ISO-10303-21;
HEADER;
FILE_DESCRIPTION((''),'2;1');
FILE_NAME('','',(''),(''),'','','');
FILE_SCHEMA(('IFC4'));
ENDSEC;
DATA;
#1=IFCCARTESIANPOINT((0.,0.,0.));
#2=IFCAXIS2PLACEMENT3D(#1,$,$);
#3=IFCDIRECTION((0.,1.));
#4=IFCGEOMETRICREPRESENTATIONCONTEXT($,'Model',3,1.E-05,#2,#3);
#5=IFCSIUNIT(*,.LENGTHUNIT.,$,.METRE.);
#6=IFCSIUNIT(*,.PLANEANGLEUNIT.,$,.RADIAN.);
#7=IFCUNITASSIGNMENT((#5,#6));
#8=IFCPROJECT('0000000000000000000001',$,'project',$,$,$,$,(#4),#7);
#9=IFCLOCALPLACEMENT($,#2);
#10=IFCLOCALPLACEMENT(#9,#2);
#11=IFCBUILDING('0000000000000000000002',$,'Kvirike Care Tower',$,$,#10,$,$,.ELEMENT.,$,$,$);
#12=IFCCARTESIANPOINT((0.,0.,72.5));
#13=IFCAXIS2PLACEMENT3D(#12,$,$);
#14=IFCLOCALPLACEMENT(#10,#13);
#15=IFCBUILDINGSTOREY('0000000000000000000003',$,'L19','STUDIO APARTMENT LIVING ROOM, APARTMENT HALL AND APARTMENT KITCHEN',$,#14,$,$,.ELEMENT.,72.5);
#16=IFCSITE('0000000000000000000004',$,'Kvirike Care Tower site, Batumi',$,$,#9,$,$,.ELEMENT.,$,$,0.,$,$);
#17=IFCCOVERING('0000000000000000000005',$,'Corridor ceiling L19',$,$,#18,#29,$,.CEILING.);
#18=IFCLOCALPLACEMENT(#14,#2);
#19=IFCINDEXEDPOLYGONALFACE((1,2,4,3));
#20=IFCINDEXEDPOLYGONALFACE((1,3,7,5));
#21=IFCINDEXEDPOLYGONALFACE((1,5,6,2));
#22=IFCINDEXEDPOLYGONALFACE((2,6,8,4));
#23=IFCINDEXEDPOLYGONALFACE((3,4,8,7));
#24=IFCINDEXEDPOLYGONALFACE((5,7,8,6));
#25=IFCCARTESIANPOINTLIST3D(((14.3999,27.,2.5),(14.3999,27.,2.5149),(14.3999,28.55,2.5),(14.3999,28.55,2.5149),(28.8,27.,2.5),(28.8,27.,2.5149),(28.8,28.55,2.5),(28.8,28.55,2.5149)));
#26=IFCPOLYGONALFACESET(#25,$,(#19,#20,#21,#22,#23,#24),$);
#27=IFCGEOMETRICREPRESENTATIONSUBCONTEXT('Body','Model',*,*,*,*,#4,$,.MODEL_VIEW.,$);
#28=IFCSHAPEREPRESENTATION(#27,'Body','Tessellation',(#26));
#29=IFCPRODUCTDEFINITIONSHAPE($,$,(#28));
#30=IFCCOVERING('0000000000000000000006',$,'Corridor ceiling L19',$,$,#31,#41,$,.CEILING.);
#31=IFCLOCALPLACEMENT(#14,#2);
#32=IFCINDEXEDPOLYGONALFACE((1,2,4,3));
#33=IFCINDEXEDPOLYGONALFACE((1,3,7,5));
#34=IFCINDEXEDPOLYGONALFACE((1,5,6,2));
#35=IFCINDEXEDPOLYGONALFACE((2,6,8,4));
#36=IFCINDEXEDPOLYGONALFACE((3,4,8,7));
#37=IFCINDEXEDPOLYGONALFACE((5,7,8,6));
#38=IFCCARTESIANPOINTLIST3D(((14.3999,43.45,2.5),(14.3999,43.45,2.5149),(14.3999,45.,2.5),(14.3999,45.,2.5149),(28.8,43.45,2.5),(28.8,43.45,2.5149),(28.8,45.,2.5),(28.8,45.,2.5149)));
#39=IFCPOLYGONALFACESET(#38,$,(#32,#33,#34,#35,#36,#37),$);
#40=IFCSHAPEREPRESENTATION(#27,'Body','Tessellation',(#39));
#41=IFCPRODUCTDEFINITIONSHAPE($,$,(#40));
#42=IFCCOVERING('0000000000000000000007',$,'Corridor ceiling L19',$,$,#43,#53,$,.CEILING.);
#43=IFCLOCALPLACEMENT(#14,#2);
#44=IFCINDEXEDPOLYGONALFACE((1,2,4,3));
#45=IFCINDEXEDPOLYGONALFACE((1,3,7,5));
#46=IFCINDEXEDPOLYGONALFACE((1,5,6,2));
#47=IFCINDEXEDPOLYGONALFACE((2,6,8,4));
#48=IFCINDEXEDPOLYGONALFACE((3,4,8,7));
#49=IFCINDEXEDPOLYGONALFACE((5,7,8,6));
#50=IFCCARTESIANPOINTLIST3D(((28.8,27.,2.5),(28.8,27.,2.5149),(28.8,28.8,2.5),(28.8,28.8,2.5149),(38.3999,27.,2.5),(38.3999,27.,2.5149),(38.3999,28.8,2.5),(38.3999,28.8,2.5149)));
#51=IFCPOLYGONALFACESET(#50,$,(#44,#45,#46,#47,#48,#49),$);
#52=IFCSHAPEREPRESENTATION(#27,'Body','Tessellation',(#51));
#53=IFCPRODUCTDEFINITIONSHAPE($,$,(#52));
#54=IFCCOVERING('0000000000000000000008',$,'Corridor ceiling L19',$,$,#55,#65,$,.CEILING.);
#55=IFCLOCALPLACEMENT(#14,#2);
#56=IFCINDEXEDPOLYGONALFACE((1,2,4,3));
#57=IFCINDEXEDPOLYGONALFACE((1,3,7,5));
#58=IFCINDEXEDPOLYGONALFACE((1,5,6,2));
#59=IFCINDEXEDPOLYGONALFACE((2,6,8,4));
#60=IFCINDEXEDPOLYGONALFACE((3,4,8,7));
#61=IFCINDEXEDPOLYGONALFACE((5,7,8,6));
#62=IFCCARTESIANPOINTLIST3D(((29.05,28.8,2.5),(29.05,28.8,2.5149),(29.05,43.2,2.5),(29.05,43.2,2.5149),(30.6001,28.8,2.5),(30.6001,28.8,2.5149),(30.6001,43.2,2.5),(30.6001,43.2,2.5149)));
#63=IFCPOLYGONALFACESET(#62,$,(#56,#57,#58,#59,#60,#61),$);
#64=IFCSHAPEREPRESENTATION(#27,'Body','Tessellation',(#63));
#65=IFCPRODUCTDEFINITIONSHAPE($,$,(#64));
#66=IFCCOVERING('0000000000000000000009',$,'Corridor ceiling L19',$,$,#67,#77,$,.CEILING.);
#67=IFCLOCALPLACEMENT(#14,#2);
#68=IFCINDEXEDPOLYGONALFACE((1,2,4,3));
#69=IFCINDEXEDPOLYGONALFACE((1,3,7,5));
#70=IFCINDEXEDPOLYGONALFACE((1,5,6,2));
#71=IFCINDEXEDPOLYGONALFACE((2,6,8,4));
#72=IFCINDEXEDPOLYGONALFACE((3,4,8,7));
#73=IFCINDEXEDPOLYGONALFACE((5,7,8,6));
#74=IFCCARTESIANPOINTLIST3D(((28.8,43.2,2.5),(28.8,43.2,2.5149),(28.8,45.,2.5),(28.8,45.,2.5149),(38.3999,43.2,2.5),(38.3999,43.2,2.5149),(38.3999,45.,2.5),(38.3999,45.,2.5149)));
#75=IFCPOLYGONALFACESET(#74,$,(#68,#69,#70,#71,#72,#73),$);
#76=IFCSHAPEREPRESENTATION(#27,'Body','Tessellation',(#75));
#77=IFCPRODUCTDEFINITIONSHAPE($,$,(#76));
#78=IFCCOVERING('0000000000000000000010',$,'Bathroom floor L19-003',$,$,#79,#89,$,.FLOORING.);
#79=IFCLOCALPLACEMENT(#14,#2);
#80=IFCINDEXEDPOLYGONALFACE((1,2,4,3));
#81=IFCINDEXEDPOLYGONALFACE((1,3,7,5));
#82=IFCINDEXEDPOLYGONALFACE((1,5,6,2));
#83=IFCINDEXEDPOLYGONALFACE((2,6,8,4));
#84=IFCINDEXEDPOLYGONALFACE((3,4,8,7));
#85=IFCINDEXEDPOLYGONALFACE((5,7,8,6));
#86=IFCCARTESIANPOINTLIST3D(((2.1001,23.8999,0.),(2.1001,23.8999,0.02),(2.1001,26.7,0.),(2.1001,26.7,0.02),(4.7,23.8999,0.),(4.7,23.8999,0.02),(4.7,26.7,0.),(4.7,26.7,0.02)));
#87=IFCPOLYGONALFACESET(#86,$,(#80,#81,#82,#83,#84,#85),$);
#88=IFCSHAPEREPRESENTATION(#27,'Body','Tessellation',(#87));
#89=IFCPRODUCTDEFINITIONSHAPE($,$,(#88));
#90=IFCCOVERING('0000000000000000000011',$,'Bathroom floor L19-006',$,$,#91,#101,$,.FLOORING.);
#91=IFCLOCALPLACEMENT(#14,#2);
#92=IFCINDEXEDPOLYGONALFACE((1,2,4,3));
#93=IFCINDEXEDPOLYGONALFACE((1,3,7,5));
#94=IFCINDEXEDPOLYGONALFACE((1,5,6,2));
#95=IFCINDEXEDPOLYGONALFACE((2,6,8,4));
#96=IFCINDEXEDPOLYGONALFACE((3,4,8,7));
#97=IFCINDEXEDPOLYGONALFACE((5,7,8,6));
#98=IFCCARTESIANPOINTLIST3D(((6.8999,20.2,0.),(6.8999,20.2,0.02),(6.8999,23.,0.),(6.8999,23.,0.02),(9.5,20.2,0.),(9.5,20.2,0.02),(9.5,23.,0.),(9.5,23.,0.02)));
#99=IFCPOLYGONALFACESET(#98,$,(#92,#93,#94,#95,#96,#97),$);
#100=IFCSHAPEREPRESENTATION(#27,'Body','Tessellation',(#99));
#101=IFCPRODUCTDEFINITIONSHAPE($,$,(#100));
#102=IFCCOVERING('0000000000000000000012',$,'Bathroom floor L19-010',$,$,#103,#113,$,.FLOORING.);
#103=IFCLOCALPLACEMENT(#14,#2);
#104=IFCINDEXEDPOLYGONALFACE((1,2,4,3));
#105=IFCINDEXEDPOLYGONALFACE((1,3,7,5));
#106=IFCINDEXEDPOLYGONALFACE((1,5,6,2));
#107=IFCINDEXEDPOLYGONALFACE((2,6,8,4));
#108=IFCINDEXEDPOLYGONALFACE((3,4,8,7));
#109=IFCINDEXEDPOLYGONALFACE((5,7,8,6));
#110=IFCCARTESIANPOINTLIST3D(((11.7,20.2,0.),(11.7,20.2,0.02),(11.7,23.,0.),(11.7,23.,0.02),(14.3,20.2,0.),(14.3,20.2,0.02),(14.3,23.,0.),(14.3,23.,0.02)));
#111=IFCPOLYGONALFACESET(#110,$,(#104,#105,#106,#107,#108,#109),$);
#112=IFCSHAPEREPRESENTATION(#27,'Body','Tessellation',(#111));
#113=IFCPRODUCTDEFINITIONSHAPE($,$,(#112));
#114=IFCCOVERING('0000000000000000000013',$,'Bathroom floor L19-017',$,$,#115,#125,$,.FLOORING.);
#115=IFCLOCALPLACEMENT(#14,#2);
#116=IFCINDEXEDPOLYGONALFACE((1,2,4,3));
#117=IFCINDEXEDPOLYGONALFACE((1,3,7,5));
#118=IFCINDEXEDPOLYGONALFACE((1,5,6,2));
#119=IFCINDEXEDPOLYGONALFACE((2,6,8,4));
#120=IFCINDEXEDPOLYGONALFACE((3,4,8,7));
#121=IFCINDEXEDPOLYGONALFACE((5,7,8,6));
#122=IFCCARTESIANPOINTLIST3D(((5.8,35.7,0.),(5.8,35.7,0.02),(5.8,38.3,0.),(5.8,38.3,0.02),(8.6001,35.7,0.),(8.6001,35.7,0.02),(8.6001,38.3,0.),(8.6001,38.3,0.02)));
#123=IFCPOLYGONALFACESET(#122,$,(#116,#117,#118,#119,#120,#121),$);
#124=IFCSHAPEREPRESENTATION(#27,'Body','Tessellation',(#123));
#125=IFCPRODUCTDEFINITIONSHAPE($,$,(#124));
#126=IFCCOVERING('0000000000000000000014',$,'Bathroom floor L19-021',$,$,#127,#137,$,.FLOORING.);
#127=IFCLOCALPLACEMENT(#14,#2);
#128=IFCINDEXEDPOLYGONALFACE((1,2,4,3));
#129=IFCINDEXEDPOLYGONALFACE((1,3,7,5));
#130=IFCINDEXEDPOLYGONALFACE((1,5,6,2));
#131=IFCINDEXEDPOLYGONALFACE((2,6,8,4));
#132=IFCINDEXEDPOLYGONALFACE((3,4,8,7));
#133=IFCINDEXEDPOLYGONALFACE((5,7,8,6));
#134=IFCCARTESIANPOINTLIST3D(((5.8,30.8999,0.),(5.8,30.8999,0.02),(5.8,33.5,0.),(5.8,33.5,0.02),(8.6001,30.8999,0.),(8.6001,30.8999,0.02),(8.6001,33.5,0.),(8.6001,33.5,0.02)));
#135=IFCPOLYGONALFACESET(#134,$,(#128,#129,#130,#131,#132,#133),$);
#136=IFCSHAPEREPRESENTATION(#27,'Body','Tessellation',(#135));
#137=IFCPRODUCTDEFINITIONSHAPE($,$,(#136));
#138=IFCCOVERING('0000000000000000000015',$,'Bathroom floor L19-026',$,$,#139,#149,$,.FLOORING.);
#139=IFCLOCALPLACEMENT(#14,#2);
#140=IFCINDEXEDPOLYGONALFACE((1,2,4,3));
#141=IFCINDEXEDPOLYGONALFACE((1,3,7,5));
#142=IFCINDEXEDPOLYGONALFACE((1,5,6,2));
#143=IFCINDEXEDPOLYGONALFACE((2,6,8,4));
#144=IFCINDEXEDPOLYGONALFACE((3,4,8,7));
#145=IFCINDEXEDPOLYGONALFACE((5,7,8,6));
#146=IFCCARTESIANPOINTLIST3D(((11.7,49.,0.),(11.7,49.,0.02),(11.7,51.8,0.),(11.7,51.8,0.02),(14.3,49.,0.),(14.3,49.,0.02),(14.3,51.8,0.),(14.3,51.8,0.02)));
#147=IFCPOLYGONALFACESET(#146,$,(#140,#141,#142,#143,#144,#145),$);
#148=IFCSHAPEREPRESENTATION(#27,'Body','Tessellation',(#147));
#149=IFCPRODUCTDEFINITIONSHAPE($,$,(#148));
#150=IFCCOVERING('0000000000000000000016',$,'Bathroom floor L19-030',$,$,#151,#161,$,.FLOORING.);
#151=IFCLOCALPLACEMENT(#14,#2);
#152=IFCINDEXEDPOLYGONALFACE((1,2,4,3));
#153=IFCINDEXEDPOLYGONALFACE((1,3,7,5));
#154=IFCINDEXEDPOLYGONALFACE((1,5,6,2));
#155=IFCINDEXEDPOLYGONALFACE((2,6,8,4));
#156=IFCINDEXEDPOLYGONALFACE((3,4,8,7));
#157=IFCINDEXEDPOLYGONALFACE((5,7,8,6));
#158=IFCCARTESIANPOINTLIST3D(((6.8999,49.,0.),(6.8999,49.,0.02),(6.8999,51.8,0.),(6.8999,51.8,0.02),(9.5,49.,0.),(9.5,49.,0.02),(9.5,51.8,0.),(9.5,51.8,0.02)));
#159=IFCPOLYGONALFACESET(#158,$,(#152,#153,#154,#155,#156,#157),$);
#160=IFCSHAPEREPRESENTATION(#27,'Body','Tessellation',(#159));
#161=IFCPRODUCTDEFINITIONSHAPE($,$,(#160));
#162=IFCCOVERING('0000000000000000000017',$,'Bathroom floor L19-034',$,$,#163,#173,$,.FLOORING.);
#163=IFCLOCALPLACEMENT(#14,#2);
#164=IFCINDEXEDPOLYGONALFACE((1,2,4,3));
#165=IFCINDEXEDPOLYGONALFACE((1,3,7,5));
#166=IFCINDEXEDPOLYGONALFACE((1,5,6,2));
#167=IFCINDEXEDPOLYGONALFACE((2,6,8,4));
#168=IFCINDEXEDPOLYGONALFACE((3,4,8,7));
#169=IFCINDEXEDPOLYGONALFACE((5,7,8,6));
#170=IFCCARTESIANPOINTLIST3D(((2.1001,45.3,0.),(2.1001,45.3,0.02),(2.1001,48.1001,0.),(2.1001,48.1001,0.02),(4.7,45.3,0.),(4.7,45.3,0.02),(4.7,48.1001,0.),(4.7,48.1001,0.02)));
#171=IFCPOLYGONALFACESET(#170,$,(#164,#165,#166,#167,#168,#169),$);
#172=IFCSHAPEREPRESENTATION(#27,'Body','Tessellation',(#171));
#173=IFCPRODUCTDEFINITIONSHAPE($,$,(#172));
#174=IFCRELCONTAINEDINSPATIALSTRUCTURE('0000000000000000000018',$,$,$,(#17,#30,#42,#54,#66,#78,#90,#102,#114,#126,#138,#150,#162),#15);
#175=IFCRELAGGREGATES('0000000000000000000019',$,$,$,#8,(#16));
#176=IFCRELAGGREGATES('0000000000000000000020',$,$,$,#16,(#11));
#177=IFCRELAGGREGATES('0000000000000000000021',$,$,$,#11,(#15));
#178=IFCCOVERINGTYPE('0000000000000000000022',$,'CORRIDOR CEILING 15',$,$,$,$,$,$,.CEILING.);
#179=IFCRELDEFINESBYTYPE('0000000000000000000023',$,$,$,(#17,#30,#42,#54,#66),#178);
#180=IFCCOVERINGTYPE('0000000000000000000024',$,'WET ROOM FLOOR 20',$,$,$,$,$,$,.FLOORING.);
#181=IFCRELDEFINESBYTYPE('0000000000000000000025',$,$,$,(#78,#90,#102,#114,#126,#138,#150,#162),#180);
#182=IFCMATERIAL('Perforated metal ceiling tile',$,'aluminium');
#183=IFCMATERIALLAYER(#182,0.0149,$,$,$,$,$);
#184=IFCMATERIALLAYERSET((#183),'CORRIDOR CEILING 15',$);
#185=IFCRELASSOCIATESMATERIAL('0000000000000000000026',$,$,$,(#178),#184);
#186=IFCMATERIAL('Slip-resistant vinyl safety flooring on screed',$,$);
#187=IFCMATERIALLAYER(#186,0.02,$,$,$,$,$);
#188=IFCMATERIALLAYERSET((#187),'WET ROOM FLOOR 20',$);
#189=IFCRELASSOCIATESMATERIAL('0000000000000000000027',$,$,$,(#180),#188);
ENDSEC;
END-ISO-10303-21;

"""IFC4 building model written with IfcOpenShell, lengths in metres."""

from ifc_helpers import new_model, si_unit, direction, frame, origin, place, context, subcontext, project, spatial, polyline, outline, extrude, material, layer, layer_set, type_object, element, save


model = new_model("IFC4")

# Units and contexts
model_context = context("Model", 3, precision=1e-05, world=origin(), true_north=direction((0.0, 1.0)))
body_context = subcontext(model_context, "Body", "Model", "MODEL_VIEW")
ifc_project = project(units=[si_unit("LENGTHUNIT", "METRE"), si_unit("PLANEANGLEUNIT", "RADIAN")], contexts=[model_context])

# Site, building, storey
site_placement = place(None, origin())
site = spatial("IfcSite", under=ifc_project, at=site_placement, Name="Kvirike Care Tower site, Batumi", CompositionType="ELEMENT", RefElevation=0.0)
building_placement = place(site_placement, origin())
building = spatial("IfcBuilding", under=site, at=building_placement, Name="Kvirike Care Tower", CompositionType="ELEMENT")
storey_placement = place(building_placement, frame((0.0, 0.0, 72.5)))
storey = spatial("IfcBuildingStorey", under=building, at=storey_placement, Name="L19", Description="STUDIO APARTMENT LIVING ROOM, APARTMENT HALL AND APARTMENT KITCHEN", CompositionType="ELEMENT", Elevation=72.5)

# Coverings
ifc_material_1 = material(Name="Perforated metal ceiling tile", Category="aluminium")
ifc_layer_1 = layer(ifc_material_1, 0.0149)
ifc_layer_set_1 = layer_set([ifc_layer_1], Name="CORRIDOR CEILING 15")
covering_type_1 = type_object("IfcCoveringType", Name="CORRIDOR CEILING 15", PredefinedType="CEILING", material=ifc_layer_set_1)
covering_1_placement = place(storey_placement, frame((0.0, 0.0, 2.5)))
element("IfcCovering", 1, at=covering_1_placement, inside=storey, type_object=covering_type_1, Name="Corridor ceiling L19", PredefinedType="CEILING", context=body_context, shape_type="SweptSolid", body=[
    extrude(outline(polyline([(14.3999, 27.0), (14.3999, 28.55), (28.8, 28.55), (28.8, 27.0), (14.3999, 27.0)])), origin(), (0.0, 0.0, 1.0), 0.0149),
])
covering_2_placement = place(storey_placement, frame((0.0, 0.0, 2.5)))
element("IfcCovering", 2, at=covering_2_placement, inside=storey, type_object=covering_type_1, Name="Corridor ceiling L19", PredefinedType="CEILING", context=body_context, shape_type="SweptSolid", body=[
    extrude(outline(polyline([(28.8, 45.0), (28.8, 43.45), (14.3999, 43.45), (14.3999, 45.0), (28.8, 45.0)])), origin(), (0.0, 0.0, 1.0), 0.0149),
])
covering_3_placement = place(storey_placement, frame((0.0, 0.0, 2.5)))
element("IfcCovering", 3, at=covering_3_placement, inside=storey, type_object=covering_type_1, Name="Corridor ceiling L19", PredefinedType="CEILING", context=body_context, shape_type="SweptSolid", body=[
    extrude(outline(polyline([(28.8, 27.0), (28.8, 28.8), (38.3999, 28.8), (38.3999, 27.0), (28.8, 27.0)])), origin(), (0.0, 0.0, 1.0), 0.0149),
])
covering_4_placement = place(storey_placement, frame((0.0, 0.0, 2.5)))
element("IfcCovering", 4, at=covering_4_placement, inside=storey, type_object=covering_type_1, Name="Corridor ceiling L19", PredefinedType="CEILING", context=body_context, shape_type="SweptSolid", body=[
    extrude(outline(polyline([(30.6001, 28.8), (29.05, 28.8), (29.05, 43.2), (30.6001, 43.2), (30.6001, 28.8)])), origin(), (0.0, 0.0, 1.0), 0.0149),
])
covering_5_placement = place(storey_placement, frame((0.0, 0.0, 2.5)))
element("IfcCovering", 5, at=covering_5_placement, inside=storey, type_object=covering_type_1, Name="Corridor ceiling L19", PredefinedType="CEILING", context=body_context, shape_type="SweptSolid", body=[
    extrude(outline(polyline([(38.3999, 45.0), (38.3999, 43.2), (28.8, 43.2), (28.8, 45.0), (38.3999, 45.0)])), origin(), (0.0, 0.0, 1.0), 0.0149),
])
ifc_material_2 = material(Name="Slip-resistant vinyl safety flooring on screed")
ifc_layer_2 = layer(ifc_material_2, 0.02)
ifc_layer_set_2 = layer_set([ifc_layer_2], Name="WET ROOM FLOOR 20")
covering_type_2 = type_object("IfcCoveringType", Name="WET ROOM FLOOR 20", PredefinedType="FLOORING", material=ifc_layer_set_2)
covering_6_placement = place(storey_placement, origin())
element("IfcCovering", 6, at=covering_6_placement, inside=storey, type_object=covering_type_2, Name="Bathroom floor L19-003", PredefinedType="FLOORING", context=body_context, shape_type="SweptSolid", body=[
    extrude(outline(polyline([(2.1001, 23.8999), (2.1001, 26.7), (4.7, 26.7), (4.7, 23.8999), (2.1001, 23.8999)])), origin(), (0.0, 0.0, 1.0), 0.02),
])
covering_7_placement = place(storey_placement, origin())
element("IfcCovering", 7, at=covering_7_placement, inside=storey, type_object=covering_type_2, Name="Bathroom floor L19-006", PredefinedType="FLOORING", context=body_context, shape_type="SweptSolid", body=[
    extrude(outline(polyline([(6.8999, 20.2), (6.8999, 23.0), (9.5, 23.0), (9.5, 20.2), (6.8999, 20.2)])), origin(), (0.0, 0.0, 1.0), 0.02),
])
covering_8_placement = place(storey_placement, origin())
element("IfcCovering", 8, at=covering_8_placement, inside=storey, type_object=covering_type_2, Name="Bathroom floor L19-010", PredefinedType="FLOORING", context=body_context, shape_type="SweptSolid", body=[
    extrude(outline(polyline([(11.7, 20.2), (11.7, 23.0), (14.3, 23.0), (14.3, 20.2), (11.7, 20.2)])), origin(), (0.0, 0.0, 1.0), 0.02),
])
covering_9_placement = place(storey_placement, origin())
element("IfcCovering", 9, at=covering_9_placement, inside=storey, type_object=covering_type_2, Name="Bathroom floor L19-017", PredefinedType="FLOORING", context=body_context, shape_type="SweptSolid", body=[
    extrude(outline(polyline([(5.8, 38.3), (8.6001, 38.3), (8.6001, 35.7), (5.8, 35.7), (5.8, 38.3)])), origin(), (0.0, 0.0, 1.0), 0.02),
])
covering_10_placement = place(storey_placement, origin())
element("IfcCovering", 10, at=covering_10_placement, inside=storey, type_object=covering_type_2, Name="Bathroom floor L19-021", PredefinedType="FLOORING", context=body_context, shape_type="SweptSolid", body=[
    extrude(outline(polyline([(5.8, 33.5), (8.6001, 33.5), (8.6001, 30.8999), (5.8, 30.8999), (5.8, 33.5)])), origin(), (0.0, 0.0, 1.0), 0.02),
])
covering_11_placement = place(storey_placement, origin())
element("IfcCovering", 11, at=covering_11_placement, inside=storey, type_object=covering_type_2, Name="Bathroom floor L19-026", PredefinedType="FLOORING", context=body_context, shape_type="SweptSolid", body=[
    extrude(outline(polyline([(14.3, 51.8), (14.3, 49.0), (11.7, 49.0), (11.7, 51.8), (14.3, 51.8)])), origin(), (0.0, 0.0, 1.0), 0.02),
])
covering_12_placement = place(storey_placement, origin())
element("IfcCovering", 12, at=covering_12_placement, inside=storey, type_object=covering_type_2, Name="Bathroom floor L19-030", PredefinedType="FLOORING", context=body_context, shape_type="SweptSolid", body=[
    extrude(outline(polyline([(9.5, 51.8), (9.5, 49.0), (6.8999, 49.0), (6.8999, 51.8), (9.5, 51.8)])), origin(), (0.0, 0.0, 1.0), 0.02),
])
covering_13_placement = place(storey_placement, origin())
element("IfcCovering", 13, at=covering_13_placement, inside=storey, type_object=covering_type_2, Name="Bathroom floor L19-034", PredefinedType="FLOORING", context=body_context, shape_type="SweptSolid", body=[
    extrude(outline(polyline([(4.7, 48.1001), (4.7, 45.3), (2.1001, 45.3), (2.1001, 48.1001), (4.7, 48.1001)])), origin(), (0.0, 0.0, 1.0), 0.02),
])

save(model, "model.ifc")
